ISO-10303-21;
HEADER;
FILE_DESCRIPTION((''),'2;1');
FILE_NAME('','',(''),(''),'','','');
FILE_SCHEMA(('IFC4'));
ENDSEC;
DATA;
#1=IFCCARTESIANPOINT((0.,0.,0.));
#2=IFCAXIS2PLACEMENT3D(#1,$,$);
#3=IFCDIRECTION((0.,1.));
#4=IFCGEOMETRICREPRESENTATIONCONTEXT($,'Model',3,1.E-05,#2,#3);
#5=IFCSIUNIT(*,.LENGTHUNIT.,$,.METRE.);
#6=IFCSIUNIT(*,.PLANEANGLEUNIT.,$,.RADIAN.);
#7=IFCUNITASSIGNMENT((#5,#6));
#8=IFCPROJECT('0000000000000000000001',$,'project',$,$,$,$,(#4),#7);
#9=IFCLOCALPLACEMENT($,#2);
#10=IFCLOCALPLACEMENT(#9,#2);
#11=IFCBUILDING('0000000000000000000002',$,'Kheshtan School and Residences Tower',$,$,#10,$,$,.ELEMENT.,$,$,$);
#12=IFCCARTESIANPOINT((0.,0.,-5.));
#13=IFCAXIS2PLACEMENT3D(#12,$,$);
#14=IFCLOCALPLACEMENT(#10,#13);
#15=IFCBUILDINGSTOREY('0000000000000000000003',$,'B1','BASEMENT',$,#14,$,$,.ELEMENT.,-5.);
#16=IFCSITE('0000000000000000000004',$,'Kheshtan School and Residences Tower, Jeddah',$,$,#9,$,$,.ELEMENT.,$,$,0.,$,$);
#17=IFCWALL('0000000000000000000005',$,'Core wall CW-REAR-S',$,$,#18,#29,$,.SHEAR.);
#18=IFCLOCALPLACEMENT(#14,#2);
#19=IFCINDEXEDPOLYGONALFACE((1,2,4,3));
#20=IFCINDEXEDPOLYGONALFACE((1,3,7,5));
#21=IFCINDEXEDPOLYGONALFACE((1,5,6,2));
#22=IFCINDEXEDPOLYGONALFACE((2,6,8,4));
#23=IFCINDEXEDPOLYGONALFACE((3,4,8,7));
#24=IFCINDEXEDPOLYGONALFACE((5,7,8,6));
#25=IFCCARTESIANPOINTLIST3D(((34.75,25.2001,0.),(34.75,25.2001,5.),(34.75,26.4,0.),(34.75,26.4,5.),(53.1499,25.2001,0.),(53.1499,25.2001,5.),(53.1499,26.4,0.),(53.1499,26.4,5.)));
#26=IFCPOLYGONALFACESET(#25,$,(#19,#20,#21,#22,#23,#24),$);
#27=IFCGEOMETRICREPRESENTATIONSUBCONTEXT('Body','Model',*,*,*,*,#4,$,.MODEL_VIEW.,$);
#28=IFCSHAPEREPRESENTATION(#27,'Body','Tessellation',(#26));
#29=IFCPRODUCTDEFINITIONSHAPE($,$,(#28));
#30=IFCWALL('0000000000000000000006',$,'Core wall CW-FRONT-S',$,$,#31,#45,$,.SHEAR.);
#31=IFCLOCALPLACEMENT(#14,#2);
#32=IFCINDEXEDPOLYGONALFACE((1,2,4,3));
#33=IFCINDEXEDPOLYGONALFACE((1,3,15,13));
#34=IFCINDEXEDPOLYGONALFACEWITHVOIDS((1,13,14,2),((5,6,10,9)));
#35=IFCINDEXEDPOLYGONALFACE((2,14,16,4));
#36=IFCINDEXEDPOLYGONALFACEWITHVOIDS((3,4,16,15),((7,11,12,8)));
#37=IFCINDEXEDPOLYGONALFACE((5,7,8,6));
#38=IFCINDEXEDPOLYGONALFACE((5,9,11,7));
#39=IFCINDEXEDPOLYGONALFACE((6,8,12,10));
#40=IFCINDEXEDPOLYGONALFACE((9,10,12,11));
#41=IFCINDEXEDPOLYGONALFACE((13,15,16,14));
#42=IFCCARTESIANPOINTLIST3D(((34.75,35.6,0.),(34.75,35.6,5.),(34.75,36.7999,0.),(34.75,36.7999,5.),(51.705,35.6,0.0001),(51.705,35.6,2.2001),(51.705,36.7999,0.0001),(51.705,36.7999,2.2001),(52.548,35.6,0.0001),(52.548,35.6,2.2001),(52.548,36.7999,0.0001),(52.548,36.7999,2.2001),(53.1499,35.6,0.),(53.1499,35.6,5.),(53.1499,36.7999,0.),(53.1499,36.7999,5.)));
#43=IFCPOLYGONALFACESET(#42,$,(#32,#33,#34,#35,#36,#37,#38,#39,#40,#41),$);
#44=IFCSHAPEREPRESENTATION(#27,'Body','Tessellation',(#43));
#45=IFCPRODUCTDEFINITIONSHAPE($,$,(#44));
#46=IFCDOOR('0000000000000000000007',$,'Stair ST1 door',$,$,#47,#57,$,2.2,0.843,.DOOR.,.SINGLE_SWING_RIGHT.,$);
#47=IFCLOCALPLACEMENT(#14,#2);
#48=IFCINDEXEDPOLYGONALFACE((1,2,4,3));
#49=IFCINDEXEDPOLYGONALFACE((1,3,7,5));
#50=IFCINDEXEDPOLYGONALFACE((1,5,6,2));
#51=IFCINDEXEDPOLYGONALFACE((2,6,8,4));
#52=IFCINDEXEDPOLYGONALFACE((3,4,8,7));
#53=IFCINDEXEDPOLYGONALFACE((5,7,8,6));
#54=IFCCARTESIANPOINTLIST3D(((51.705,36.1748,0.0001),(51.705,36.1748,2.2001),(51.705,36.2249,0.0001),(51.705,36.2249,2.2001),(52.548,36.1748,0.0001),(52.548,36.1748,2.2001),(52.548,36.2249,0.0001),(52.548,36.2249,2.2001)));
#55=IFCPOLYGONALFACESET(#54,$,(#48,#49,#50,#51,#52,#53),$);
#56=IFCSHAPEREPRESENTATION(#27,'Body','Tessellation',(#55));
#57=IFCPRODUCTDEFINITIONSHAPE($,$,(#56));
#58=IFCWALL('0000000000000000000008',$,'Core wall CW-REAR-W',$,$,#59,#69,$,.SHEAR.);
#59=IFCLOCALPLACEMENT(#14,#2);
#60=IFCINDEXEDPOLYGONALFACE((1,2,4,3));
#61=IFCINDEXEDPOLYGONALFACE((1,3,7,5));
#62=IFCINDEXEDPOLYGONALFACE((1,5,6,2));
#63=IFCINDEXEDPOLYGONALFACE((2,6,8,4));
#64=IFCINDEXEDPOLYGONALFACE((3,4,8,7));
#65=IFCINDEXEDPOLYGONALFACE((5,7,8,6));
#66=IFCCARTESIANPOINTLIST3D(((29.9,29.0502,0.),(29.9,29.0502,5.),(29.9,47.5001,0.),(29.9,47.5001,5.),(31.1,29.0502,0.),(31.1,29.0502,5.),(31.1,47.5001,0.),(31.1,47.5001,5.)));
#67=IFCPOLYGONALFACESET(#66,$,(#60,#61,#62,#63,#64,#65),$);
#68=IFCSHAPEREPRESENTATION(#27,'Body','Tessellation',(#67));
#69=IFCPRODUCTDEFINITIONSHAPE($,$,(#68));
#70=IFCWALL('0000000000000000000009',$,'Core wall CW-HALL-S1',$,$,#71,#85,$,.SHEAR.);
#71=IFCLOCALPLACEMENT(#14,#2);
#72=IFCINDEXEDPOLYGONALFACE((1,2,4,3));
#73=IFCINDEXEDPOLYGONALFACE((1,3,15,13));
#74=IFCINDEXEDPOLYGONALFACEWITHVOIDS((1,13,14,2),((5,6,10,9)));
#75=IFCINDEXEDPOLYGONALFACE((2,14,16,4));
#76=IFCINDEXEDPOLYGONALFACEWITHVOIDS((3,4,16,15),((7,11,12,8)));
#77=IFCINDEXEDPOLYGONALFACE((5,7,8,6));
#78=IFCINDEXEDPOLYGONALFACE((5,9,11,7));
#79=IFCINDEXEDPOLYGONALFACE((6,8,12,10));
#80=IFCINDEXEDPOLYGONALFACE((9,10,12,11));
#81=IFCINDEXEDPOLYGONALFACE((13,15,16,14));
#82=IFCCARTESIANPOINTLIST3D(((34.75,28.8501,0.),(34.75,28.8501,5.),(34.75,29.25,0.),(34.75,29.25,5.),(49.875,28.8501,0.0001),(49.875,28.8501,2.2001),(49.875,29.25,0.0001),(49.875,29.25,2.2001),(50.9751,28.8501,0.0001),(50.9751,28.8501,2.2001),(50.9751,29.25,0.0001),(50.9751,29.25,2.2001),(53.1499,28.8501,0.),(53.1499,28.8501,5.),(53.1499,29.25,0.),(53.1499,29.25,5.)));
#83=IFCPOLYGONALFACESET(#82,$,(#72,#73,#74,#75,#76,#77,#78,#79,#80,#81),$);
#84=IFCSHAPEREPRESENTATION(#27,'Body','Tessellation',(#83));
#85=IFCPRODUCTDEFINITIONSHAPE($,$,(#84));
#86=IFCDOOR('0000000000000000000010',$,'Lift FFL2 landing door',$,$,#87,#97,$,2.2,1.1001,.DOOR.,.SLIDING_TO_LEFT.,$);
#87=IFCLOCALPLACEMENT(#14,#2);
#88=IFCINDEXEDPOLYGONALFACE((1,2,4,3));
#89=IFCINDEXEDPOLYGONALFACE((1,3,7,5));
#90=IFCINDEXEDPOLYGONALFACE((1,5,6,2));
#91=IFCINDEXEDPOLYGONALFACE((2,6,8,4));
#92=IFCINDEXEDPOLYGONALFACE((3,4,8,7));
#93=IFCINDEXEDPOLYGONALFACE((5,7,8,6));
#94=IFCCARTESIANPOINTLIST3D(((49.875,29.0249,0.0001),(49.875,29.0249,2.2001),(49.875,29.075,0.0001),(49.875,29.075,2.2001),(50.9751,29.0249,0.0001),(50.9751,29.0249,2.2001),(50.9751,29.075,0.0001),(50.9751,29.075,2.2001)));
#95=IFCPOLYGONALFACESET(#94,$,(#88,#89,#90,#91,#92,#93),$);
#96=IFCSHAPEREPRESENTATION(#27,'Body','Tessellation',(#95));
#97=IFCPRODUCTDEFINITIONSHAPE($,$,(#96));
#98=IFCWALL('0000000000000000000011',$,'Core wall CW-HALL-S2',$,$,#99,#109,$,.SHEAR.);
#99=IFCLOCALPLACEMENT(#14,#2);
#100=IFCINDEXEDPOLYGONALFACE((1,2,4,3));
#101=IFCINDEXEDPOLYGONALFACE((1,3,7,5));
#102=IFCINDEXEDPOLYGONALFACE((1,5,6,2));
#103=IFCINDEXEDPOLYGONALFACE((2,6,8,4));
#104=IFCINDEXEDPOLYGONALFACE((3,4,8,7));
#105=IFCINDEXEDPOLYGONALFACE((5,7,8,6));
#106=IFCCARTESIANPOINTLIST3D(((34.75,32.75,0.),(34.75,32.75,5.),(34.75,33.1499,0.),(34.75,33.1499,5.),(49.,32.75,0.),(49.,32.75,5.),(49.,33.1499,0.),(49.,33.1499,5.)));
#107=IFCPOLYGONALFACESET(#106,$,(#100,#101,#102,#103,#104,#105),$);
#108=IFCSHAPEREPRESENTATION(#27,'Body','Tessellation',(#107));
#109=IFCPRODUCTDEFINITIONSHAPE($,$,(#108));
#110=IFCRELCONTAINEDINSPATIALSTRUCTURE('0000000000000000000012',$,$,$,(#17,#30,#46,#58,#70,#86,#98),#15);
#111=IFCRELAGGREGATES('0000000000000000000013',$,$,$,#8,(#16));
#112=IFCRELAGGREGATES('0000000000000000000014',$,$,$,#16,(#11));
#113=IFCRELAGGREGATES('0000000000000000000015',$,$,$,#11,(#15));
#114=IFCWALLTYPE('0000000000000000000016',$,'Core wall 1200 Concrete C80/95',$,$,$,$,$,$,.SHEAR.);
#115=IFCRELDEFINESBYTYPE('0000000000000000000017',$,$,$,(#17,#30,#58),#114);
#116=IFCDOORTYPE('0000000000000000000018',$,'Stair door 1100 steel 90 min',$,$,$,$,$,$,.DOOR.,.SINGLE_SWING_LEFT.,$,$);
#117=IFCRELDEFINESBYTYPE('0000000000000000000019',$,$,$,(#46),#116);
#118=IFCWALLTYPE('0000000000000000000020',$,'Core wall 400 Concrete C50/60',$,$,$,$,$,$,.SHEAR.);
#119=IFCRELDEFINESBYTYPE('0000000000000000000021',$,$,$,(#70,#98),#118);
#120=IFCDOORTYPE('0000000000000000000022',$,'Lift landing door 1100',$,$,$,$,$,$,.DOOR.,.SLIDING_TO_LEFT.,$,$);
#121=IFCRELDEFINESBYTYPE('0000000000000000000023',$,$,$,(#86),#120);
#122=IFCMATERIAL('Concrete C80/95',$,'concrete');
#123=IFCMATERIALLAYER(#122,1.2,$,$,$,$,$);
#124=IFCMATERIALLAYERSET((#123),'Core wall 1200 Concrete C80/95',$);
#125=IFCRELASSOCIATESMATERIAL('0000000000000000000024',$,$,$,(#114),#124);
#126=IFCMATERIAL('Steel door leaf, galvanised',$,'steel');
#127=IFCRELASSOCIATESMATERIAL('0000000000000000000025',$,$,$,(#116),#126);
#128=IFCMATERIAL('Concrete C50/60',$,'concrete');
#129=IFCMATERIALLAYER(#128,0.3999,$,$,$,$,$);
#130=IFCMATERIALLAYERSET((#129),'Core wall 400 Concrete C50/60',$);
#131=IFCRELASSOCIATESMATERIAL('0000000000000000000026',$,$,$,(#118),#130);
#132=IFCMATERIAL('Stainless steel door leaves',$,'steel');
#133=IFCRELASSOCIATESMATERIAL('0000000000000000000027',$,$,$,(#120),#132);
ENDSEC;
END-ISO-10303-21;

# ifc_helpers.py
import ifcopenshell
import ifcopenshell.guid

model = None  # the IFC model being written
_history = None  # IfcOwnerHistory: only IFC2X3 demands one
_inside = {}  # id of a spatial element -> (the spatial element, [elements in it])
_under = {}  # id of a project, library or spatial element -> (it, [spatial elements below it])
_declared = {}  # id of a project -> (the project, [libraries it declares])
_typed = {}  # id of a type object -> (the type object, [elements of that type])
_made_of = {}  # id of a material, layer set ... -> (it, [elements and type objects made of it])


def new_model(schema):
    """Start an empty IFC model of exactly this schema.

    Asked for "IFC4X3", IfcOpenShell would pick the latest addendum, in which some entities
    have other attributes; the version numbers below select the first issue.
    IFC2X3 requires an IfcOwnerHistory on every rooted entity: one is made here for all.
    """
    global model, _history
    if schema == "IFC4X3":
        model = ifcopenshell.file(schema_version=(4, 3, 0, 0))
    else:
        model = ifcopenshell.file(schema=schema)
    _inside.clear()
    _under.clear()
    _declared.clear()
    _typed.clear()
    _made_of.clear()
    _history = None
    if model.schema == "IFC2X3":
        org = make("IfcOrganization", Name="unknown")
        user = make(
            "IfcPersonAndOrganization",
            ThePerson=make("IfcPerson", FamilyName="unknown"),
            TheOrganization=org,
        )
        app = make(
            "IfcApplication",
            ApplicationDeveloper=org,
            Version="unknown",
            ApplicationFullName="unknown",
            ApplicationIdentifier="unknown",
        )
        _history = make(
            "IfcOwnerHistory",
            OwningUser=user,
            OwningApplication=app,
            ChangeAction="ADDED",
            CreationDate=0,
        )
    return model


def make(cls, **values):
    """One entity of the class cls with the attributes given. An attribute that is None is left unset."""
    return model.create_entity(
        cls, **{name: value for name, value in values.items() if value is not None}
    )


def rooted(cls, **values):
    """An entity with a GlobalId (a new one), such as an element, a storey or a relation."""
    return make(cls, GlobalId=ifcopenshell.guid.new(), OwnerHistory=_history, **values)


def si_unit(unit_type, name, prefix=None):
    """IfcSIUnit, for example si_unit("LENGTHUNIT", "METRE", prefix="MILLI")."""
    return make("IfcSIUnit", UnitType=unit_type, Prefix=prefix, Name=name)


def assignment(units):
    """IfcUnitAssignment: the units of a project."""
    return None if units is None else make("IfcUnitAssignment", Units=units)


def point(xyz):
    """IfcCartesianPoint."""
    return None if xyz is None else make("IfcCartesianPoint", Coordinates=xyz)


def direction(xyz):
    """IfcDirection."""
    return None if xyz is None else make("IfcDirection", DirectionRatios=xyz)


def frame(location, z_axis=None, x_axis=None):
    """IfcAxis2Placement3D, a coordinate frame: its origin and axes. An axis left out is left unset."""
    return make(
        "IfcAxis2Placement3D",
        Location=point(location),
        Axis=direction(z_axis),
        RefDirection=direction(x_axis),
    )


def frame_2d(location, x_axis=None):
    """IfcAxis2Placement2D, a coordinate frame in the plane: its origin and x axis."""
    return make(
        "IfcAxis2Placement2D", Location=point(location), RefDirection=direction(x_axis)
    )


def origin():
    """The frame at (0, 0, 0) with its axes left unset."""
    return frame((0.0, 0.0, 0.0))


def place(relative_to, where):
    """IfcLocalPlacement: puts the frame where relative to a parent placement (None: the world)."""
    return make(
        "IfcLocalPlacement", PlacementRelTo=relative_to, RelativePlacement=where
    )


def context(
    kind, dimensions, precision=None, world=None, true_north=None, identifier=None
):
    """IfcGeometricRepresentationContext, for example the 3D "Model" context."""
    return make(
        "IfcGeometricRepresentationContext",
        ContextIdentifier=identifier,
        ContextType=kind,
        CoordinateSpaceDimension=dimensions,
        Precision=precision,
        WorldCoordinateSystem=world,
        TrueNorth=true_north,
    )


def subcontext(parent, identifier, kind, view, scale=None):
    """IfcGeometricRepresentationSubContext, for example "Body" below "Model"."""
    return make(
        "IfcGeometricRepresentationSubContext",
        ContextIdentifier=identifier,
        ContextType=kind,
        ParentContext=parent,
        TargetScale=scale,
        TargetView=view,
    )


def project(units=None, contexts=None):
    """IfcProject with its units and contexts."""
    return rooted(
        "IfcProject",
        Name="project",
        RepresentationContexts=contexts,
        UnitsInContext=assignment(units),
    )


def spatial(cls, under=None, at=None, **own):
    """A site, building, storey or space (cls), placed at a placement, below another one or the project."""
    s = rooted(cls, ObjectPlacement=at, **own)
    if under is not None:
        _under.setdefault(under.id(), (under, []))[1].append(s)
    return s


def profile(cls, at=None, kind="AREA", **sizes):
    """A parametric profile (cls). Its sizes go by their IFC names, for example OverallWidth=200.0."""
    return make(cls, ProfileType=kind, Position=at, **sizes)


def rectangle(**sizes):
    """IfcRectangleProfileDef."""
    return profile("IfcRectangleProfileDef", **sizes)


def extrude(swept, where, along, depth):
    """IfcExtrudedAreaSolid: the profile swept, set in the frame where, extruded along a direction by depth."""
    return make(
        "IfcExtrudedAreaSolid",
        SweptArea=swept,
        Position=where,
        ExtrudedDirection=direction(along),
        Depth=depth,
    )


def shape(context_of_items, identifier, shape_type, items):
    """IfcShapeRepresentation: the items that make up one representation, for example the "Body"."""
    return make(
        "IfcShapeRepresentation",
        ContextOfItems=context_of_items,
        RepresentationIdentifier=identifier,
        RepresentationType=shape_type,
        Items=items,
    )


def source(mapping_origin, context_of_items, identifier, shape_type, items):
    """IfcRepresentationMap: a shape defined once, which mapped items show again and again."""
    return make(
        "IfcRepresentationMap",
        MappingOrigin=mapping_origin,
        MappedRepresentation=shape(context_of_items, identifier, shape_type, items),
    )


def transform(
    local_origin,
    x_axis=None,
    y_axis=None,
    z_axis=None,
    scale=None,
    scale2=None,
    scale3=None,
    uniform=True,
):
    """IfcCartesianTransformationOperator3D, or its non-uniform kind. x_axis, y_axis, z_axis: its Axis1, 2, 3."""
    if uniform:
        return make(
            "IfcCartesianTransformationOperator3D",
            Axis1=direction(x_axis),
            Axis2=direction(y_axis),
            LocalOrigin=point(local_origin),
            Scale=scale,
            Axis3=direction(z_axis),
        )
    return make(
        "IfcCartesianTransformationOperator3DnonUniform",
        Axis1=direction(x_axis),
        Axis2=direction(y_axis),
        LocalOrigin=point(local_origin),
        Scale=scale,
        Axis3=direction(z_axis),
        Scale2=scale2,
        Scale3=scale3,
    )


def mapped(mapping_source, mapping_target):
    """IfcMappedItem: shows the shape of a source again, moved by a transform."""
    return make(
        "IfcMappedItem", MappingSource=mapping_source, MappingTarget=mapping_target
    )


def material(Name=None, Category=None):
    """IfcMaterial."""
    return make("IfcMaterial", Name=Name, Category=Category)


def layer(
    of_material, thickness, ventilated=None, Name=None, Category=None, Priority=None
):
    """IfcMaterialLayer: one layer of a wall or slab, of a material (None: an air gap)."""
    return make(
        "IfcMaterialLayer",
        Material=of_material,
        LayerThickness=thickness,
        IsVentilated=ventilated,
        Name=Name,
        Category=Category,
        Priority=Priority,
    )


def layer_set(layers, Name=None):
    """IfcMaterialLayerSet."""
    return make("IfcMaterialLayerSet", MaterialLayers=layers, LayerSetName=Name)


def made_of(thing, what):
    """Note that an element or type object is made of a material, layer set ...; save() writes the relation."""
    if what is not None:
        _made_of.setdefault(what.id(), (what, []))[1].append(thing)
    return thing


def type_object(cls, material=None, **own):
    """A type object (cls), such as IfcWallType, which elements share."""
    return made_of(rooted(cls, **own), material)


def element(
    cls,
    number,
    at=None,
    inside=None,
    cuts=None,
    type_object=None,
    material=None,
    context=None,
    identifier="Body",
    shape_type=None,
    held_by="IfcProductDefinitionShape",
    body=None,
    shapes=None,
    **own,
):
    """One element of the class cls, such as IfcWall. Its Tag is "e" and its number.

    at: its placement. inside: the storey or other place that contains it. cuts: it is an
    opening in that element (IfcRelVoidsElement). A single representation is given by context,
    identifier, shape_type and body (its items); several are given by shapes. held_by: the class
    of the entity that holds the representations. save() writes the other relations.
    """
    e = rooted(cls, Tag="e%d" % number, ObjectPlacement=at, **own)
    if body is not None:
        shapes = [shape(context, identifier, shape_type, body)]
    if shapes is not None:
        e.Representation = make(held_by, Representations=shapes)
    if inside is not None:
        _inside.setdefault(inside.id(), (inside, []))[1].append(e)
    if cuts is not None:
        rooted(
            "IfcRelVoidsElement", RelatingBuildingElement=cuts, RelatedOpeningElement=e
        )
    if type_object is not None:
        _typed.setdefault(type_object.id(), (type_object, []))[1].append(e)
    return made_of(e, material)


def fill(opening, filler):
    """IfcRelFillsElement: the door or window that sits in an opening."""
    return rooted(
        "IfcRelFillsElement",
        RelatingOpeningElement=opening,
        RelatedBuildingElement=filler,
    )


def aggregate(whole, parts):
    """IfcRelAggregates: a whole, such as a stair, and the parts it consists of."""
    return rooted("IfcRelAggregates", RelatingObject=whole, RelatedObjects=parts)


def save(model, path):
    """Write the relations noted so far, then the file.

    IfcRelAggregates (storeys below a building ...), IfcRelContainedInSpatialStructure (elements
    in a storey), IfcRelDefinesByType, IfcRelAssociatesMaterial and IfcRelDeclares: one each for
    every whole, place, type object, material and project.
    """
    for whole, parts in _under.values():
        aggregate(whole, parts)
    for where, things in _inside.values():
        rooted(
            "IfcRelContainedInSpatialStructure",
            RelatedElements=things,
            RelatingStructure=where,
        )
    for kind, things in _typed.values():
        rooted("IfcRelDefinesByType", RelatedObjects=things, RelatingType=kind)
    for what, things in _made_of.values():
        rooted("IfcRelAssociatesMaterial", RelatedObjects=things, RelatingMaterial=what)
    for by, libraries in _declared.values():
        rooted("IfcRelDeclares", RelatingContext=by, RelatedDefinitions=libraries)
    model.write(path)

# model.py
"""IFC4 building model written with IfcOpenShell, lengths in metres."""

from ifc_helpers import new_model, si_unit, direction, frame, frame_2d, origin, place, context, subcontext, project, spatial, rectangle, extrude, source, transform, mapped, material, layer, layer_set, type_object, element, fill, save


model = new_model("IFC4")

# Units and contexts
model_context = context("Model", 3, precision=1e-05, world=origin(), true_north=direction((0.0, 1.0)))
body_context = subcontext(model_context, "Body", "Model", "MODEL_VIEW")
ifc_project = project(units=[si_unit("LENGTHUNIT", "METRE"), si_unit("PLANEANGLEUNIT", "RADIAN")], contexts=[model_context])

# Site, building, storey
site_placement = place(None, origin())
site = spatial("IfcSite", under=ifc_project, at=site_placement, Name="Kheshtan School and Residences Tower, Jeddah", CompositionType="ELEMENT", RefElevation=0.0)
building_placement = place(site_placement, origin())
building = spatial("IfcBuilding", under=site, at=building_placement, Name="Kheshtan School and Residences Tower", CompositionType="ELEMENT")
storey_placement = place(building_placement, frame((0.0, 0.0, -5.0)))
storey = spatial("IfcBuildingStorey", under=building, at=storey_placement, Name="B1", Description="BASEMENT", CompositionType="ELEMENT", Elevation=-5.0)

# Wall
ifc_material_1 = material(Name="Concrete C80/95", Category="concrete")
ifc_layer_1 = layer(ifc_material_1, 1.2)
ifc_layer_set_1 = layer_set([ifc_layer_1], Name="Core wall 1200 Concrete C80/95")
wall_type_1 = type_object("IfcWallType", Name="Core wall 1200 Concrete C80/95", PredefinedType="SHEAR", material=ifc_layer_set_1)
wall_1_placement = place(storey_placement, frame((34.75, 25.8, 0.0), z_axis=(0.0, 0.0, 1.0), x_axis=(1.0, 0.0, 0.0)))
element("IfcWall", 1, at=wall_1_placement, inside=storey, type_object=wall_type_1, Name="Core wall CW-REAR-S", PredefinedType="SHEAR", context=body_context, shape_type="SweptSolid", body=[
    extrude(rectangle(XDim=18.3999, YDim=1.2, at=frame_2d((9.2, 0.0))), origin(), (0.0, 0.0, 1.0), 5.0),
])

# Wall, opening, door
wall_2_placement = place(storey_placement, frame((34.75, 36.2, 0.0), z_axis=(0.0, 0.0, 1.0), x_axis=(1.0, 0.0, 0.0)))
wall_2 = element("IfcWall", 2, at=wall_2_placement, inside=storey, type_object=wall_type_1, Name="Core wall CW-FRONT-S", PredefinedType="SHEAR", context=body_context, shape_type="SweptSolid", body=[
    extrude(rectangle(XDim=18.3999, YDim=1.2, at=frame_2d((9.2, 0.0))), origin(), (0.0, 0.0, 1.0), 5.0),
])
opening_1_placement = place(wall_2_placement, frame((16.9551, 0.0, 0.0)))
opening_1 = element("IfcOpeningElement", 3, at=opening_1_placement, cuts=wall_2, PredefinedType="OPENING", context=body_context, shape_type="SweptSolid", body=[
    extrude(rectangle(XDim=0.843, YDim=2.2, at=frame_2d((0.4214, 1.1001))), frame((0.0, 0.6099, 0.0), z_axis=(0.0, -1.0, 0.0), x_axis=(1.0, 0.0, 0.0)), (0.0, 0.0, 1.0), 1.22),
])
ifc_material_2 = material(Name="Steel door leaf, galvanised", Category="steel")
door_type_1 = type_object("IfcDoorType", Name="Stair door 1100 steel 90 min", OperationType="SINGLE_SWING_LEFT", PredefinedType="DOOR", material=ifc_material_2)
shared_shape_1 = source(origin(), body_context, "Body", "SweptSolid", [
    extrude(rectangle(XDim=0.843, YDim=2.2, at=frame_2d((0.4214, 1.1001))), frame((0.0, 0.0249, 0.0), z_axis=(0.0, -1.0, 0.0), x_axis=(1.0, 0.0, 0.0)), (0.0, 0.0, 1.0), 0.05),
])
door_1_placement = place(opening_1_placement, origin())
door_1 = element("IfcDoor", 4, at=door_1_placement, inside=storey, type_object=door_type_1, Name="Stair ST1 door", OperationType="SINGLE_SWING_RIGHT", OverallHeight=2.2, OverallWidth=0.843, PredefinedType="DOOR", context=body_context, shape_type="MappedRepresentation", body=[
    mapped(shared_shape_1, transform((0.0, 0.0, 0.0), x_axis=(1.0, 0.0, 0.0), y_axis=(0.0, 1.0, 0.0), z_axis=(0.0, 0.0, 1.0), scale=1.0)),
])
fill(opening_1, door_1)

# Wall
wall_3_placement = place(storey_placement, frame((30.5, 29.05, 0.0), z_axis=(0.0, 0.0, 1.0), x_axis=(0.0, 1.0, 0.0)))
element("IfcWall", 5, at=wall_3_placement, inside=storey, type_object=wall_type_1, Name="Core wall CW-REAR-W", PredefinedType="SHEAR", context=body_context, shape_type="SweptSolid", body=[
    extrude(rectangle(XDim=18.45, YDim=1.2, at=frame_2d((9.2251, 0.0))), origin(), (0.0, 0.0, 1.0), 5.0),
])

# Wall, opening, door
ifc_material_3 = material(Name="Concrete C50/60", Category="concrete")
ifc_layer_2 = layer(ifc_material_3, 0.3999)
ifc_layer_set_2 = layer_set([ifc_layer_2], Name="Core wall 400 Concrete C50/60")
wall_type_2 = type_object("IfcWallType", Name="Core wall 400 Concrete C50/60", PredefinedType="SHEAR", material=ifc_layer_set_2)
wall_4_placement = place(storey_placement, frame((34.75, 29.05, 0.0), z_axis=(0.0, 0.0, 1.0), x_axis=(1.0, 0.0, 0.0)))
wall_4 = element("IfcWall", 6, at=wall_4_placement, inside=storey, type_object=wall_type_2, Name="Core wall CW-HALL-S1", PredefinedType="SHEAR", context=body_context, shape_type="SweptSolid", body=[
    extrude(rectangle(XDim=18.3999, YDim=0.3999, at=frame_2d((9.2, 0.0))), origin(), (0.0, 0.0, 1.0), 5.0),
])
opening_2_placement = place(wall_4_placement, frame((15.125, 0.0, 0.0)))
opening_2 = element("IfcOpeningElement", 7, at=opening_2_placement, cuts=wall_4, PredefinedType="OPENING", context=body_context, shape_type="SweptSolid", body=[
    extrude(rectangle(XDim=1.1001, YDim=2.2, at=frame_2d((0.55, 1.1001))), frame((0.0, 0.21, 0.0), z_axis=(0.0, -1.0, 0.0), x_axis=(1.0, 0.0, 0.0)), (0.0, 0.0, 1.0), 0.4199),
])
ifc_material_4 = material(Name="Stainless steel door leaves", Category="steel")
door_type_2 = type_object("IfcDoorType", Name="Lift landing door 1100", OperationType="SLIDING_TO_LEFT", PredefinedType="DOOR", material=ifc_material_4)
shared_shape_2 = source(origin(), body_context, "Body", "SweptSolid", [
    extrude(rectangle(XDim=1.1001, YDim=2.2, at=frame_2d((0.55, 1.1001))), frame((0.0, 0.0249, 0.0), z_axis=(0.0, -1.0, 0.0), x_axis=(1.0, 0.0, 0.0)), (0.0, 0.0, 1.0), 0.05),
])
door_2_placement = place(opening_2_placement, origin())
door_2 = element("IfcDoor", 8, at=door_2_placement, inside=storey, type_object=door_type_2, Name="Lift FFL2 landing door", OperationType="SLIDING_TO_LEFT", OverallHeight=2.2, OverallWidth=1.1001, PredefinedType="DOOR", context=body_context, shape_type="MappedRepresentation", body=[
    mapped(shared_shape_2, transform((0.0, 0.0, 0.0), x_axis=(1.0, 0.0, 0.0), y_axis=(0.0, 1.0, 0.0), z_axis=(0.0, 0.0, 1.0), scale=1.0)),
])
fill(opening_2, door_2)

# Wall
wall_5_placement = place(storey_placement, frame((34.75, 32.95, 0.0), z_axis=(0.0, 0.0, 1.0), x_axis=(1.0, 0.0, 0.0)))
element("IfcWall", 9, at=wall_5_placement, inside=storey, type_object=wall_type_2, Name="Core wall CW-HALL-S2", PredefinedType="SHEAR", context=body_context, shape_type="SweptSolid", body=[
    extrude(rectangle(XDim=14.25, YDim=0.3999, at=frame_2d((7.125, 0.0))), origin(), (0.0, 0.0, 1.0), 5.0),
])

save(model, "model.ifc")
